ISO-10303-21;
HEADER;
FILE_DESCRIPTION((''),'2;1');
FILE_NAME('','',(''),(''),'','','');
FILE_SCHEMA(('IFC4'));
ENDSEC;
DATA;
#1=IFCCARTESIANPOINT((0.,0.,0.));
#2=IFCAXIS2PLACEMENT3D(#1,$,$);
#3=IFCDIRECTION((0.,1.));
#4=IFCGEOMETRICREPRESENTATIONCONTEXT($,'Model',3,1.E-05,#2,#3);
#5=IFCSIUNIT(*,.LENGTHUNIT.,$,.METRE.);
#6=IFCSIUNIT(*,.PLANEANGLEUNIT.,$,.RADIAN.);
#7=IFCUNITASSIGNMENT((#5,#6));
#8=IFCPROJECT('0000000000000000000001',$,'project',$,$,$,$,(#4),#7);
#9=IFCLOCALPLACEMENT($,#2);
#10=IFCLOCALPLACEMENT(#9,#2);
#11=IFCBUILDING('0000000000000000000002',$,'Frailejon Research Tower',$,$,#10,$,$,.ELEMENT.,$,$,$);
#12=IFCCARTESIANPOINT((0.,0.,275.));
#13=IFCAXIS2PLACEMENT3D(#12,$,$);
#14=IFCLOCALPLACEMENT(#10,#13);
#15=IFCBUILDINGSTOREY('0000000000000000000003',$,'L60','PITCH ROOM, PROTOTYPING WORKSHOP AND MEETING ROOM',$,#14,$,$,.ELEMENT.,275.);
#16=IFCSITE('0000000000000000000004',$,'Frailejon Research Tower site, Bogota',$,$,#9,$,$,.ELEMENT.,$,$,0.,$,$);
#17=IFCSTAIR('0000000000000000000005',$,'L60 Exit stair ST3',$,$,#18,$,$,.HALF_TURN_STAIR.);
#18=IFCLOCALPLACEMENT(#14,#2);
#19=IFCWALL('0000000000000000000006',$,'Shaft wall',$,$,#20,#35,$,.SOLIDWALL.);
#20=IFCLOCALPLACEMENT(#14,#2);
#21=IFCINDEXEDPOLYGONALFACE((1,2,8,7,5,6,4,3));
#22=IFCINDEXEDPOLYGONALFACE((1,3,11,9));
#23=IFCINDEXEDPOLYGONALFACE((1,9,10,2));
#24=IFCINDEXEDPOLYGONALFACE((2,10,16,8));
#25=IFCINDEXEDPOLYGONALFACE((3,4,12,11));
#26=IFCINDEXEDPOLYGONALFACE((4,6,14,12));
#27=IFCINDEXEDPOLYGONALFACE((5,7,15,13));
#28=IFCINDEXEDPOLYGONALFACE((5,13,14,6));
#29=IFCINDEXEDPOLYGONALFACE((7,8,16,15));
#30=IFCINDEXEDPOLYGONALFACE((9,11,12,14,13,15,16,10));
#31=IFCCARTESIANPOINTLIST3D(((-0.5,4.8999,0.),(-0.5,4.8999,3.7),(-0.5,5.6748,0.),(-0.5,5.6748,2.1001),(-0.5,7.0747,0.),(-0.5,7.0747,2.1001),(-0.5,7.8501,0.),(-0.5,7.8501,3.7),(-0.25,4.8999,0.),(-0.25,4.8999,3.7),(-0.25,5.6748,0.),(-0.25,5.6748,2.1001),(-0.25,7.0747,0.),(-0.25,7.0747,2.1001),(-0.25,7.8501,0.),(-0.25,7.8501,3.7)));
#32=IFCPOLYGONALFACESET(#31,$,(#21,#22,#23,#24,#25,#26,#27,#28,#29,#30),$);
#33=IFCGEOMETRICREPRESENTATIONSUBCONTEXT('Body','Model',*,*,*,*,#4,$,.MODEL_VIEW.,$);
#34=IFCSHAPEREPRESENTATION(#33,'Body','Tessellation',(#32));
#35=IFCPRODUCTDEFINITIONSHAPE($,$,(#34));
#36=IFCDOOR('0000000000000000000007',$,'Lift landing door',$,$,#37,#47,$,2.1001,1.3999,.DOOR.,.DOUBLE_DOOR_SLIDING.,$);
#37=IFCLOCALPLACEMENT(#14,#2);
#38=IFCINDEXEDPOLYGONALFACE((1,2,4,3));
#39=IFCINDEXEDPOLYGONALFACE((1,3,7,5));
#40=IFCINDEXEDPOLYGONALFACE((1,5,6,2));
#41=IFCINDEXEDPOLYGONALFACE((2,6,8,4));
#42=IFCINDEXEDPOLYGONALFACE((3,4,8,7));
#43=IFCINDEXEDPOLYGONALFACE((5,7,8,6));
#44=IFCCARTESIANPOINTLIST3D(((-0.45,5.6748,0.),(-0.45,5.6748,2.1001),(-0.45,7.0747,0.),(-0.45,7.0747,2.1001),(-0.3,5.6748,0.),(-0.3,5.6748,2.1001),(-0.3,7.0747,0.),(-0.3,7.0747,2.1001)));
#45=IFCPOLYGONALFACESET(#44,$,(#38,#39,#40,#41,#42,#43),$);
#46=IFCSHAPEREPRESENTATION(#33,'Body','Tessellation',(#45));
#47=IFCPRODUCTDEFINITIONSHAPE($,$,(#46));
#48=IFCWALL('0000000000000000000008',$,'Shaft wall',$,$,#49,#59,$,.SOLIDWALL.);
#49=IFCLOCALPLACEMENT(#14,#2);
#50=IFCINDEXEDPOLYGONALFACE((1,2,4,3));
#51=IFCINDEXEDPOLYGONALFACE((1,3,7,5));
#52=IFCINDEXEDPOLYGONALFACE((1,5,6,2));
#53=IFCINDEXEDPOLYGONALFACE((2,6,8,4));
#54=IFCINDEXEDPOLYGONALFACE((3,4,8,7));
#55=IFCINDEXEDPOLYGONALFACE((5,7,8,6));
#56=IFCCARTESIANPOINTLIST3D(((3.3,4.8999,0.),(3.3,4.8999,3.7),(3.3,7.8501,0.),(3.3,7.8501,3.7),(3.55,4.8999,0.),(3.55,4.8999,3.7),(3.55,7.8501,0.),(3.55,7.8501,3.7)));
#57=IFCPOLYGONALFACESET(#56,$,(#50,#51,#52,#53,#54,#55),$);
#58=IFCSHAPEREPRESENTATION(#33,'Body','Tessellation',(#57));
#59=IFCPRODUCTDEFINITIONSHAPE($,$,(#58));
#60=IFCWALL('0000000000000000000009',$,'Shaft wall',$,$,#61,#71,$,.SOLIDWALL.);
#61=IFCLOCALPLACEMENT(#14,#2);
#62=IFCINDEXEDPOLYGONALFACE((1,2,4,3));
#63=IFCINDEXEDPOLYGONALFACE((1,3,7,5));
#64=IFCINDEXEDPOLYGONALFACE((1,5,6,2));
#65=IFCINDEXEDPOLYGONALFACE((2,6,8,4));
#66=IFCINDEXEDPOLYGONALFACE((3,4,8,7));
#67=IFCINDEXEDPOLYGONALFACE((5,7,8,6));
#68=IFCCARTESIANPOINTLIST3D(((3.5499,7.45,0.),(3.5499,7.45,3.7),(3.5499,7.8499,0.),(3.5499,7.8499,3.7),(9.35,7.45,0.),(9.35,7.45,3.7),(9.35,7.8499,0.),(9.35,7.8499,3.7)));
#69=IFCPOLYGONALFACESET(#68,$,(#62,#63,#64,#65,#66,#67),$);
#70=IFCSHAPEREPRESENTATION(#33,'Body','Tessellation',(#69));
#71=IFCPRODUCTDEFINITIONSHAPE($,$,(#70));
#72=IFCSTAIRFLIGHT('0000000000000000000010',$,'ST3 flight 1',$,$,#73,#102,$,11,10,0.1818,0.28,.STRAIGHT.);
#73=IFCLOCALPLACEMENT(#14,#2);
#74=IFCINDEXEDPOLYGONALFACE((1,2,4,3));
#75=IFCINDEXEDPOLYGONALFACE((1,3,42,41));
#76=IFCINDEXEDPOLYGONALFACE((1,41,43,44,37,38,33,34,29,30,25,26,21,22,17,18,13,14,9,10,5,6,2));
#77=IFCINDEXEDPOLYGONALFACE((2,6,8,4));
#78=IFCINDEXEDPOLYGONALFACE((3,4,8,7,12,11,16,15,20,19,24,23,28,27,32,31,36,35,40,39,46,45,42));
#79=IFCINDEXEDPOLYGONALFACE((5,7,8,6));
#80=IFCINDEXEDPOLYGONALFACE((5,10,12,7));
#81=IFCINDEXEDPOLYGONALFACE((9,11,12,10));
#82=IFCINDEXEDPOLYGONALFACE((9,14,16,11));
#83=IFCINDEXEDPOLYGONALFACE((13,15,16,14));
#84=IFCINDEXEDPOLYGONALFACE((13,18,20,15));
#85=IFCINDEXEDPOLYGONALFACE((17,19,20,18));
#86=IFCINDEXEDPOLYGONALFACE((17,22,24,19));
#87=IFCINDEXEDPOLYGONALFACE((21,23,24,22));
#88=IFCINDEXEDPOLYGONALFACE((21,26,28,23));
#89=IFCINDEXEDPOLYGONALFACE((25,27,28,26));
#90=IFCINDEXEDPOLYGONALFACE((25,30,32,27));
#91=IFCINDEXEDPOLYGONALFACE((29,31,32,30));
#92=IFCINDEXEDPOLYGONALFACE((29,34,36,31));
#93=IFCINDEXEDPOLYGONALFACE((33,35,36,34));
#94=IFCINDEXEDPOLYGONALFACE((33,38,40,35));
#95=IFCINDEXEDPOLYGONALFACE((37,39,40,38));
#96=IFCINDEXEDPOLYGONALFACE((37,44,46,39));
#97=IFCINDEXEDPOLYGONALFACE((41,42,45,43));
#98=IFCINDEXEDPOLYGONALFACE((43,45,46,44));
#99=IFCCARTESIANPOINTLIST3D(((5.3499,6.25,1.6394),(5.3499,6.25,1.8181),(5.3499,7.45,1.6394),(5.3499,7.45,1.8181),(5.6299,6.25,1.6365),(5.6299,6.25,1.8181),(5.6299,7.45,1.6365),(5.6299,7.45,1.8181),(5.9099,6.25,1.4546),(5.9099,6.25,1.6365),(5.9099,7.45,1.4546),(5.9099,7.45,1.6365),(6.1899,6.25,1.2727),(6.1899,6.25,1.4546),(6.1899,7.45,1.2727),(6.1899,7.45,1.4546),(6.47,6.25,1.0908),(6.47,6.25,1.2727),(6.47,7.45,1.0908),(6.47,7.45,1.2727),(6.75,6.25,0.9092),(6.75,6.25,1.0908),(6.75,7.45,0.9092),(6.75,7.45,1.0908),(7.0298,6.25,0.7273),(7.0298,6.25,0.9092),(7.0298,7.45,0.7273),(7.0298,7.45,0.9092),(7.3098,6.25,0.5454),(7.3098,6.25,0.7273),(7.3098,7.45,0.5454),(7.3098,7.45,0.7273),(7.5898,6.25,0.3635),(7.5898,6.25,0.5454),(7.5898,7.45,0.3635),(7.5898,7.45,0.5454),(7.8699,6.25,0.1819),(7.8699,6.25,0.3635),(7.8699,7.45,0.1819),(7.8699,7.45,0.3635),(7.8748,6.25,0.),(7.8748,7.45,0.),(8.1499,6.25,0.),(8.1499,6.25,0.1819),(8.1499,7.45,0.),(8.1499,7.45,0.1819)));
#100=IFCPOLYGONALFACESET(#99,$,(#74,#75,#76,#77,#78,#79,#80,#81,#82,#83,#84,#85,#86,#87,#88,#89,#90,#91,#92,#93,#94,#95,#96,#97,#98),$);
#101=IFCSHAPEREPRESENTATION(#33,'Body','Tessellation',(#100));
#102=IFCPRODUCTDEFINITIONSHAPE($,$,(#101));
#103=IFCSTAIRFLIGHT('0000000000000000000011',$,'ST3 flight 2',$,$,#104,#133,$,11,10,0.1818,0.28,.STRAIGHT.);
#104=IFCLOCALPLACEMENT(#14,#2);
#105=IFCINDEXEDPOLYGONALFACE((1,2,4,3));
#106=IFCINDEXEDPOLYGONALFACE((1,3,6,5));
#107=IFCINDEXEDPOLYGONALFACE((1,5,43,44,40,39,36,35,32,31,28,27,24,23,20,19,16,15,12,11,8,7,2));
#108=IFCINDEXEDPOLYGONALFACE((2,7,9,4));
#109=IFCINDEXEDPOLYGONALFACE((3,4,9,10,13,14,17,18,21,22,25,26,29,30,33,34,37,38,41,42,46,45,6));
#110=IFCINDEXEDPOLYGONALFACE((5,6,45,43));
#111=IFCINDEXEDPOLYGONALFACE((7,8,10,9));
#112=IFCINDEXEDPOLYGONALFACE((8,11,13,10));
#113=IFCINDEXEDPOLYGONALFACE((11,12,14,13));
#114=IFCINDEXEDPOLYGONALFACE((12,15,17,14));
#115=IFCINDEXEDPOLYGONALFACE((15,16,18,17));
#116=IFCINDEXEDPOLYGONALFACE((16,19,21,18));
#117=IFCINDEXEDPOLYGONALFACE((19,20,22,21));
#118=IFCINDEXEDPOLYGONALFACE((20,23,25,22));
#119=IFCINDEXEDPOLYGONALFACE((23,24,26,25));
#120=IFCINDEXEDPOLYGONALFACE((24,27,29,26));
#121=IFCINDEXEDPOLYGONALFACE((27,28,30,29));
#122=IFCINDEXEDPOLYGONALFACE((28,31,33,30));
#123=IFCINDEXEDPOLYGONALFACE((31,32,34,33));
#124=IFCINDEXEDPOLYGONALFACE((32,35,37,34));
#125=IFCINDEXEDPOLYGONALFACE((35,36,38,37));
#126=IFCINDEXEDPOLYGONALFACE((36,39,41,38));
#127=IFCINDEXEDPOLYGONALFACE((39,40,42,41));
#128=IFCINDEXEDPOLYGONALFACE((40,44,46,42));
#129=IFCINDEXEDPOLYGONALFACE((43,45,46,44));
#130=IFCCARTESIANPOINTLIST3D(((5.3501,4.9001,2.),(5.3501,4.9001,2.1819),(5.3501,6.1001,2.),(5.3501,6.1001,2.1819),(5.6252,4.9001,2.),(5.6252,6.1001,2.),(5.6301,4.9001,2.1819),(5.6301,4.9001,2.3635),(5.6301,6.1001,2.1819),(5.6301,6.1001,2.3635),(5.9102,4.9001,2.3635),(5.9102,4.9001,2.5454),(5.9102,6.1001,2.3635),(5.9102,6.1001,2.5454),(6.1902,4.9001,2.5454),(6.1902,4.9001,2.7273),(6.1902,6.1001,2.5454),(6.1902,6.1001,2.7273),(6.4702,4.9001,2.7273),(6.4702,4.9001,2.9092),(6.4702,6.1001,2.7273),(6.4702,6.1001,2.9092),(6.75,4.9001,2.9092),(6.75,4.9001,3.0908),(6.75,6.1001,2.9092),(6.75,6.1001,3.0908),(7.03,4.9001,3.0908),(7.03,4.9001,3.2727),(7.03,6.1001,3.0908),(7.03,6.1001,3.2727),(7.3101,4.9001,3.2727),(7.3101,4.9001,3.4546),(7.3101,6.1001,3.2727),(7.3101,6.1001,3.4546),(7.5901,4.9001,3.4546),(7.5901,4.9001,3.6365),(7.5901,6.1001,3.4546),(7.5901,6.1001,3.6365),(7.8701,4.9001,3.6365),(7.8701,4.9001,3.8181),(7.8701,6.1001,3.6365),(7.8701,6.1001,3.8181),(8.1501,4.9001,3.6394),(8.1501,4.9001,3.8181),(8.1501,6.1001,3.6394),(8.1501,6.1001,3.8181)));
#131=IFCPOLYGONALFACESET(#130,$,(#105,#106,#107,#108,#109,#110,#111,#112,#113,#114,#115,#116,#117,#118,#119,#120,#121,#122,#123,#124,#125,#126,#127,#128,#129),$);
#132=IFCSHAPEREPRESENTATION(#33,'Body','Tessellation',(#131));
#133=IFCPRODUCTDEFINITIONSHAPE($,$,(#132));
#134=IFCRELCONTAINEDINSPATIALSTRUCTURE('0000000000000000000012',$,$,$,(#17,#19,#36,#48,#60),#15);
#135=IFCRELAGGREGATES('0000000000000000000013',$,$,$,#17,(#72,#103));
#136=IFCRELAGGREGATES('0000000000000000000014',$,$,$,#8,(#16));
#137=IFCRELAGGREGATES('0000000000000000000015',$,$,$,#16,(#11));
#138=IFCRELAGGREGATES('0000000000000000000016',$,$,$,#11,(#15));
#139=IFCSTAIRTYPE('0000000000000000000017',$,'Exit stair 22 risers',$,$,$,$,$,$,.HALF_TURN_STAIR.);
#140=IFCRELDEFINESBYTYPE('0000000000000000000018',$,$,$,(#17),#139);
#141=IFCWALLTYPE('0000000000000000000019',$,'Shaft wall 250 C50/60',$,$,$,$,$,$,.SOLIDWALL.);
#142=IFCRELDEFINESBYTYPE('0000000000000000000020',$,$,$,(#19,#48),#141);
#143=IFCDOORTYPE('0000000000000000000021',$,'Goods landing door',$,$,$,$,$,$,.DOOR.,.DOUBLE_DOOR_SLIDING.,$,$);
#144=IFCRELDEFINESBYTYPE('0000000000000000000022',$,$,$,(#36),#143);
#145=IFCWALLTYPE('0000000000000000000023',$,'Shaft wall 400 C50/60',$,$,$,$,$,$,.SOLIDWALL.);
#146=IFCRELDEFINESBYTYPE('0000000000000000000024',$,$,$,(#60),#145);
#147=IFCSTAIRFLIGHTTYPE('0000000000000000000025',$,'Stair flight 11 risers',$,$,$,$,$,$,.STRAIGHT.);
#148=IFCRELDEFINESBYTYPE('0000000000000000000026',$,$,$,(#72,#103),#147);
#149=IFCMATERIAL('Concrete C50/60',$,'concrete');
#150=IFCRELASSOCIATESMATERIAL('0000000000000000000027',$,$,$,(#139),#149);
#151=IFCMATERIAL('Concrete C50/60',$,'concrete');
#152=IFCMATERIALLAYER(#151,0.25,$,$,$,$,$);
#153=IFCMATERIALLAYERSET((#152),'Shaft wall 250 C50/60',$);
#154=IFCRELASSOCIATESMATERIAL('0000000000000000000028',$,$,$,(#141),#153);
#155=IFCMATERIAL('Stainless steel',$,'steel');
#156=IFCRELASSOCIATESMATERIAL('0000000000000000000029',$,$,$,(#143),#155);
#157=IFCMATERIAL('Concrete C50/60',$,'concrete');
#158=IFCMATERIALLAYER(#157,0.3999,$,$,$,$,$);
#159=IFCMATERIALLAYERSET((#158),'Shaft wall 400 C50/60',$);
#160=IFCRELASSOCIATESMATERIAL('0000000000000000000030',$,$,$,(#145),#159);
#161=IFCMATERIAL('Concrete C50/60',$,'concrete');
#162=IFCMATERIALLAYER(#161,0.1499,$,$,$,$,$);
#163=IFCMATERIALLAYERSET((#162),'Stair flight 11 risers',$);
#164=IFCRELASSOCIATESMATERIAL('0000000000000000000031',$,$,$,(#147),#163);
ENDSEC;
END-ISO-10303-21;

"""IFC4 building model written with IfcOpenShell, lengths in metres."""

from ifc_helpers import new_model, si_unit, direction, frame, frame_2d, origin, place, context, subcontext, project, spatial, polyline, rectangle, outline, extrude, material, layer, layer_set, type_object, element, fill, aggregate, save


model = new_model("IFC4")

# Units and contexts
model_context = context("Model", 3, precision=1e-05, world=origin(), true_north=direction((0.0, 1.0)))
body_context = subcontext(model_context, "Body", "Model", "MODEL_VIEW")
ifc_project = project(units=[si_unit("LENGTHUNIT", "METRE"), si_unit("PLANEANGLEUNIT", "RADIAN")], contexts=[model_context])

# Site, building, storey
site_placement = place(None, origin())
site = spatial("IfcSite", under=ifc_project, at=site_placement, Name="Frailejon Research Tower site, Bogota", CompositionType="ELEMENT", RefElevation=0.0)
building_placement = place(site_placement, origin())
building = spatial("IfcBuilding", under=site, at=building_placement, Name="Frailejon Research Tower", CompositionType="ELEMENT")
storey_placement = place(building_placement, frame((0.0, 0.0, 275.0)))
storey = spatial("IfcBuildingStorey", under=building, at=storey_placement, Name="L60", Description="PITCH ROOM, PROTOTYPING WORKSHOP AND MEETING ROOM", CompositionType="ELEMENT", Elevation=275.0)

# Stair
ifc_material_1 = material(Name="Concrete C50/60", Category="concrete")
stair_type = type_object("IfcStairType", Name="Exit stair 22 risers", PredefinedType="HALF_TURN_STAIR", material=ifc_material_1)
stair_placement = place(storey_placement, origin())
stair = element("IfcStair", 1, at=stair_placement, inside=storey, type_object=stair_type, Name="L60 Exit stair ST3", PredefinedType="HALF_TURN_STAIR")

# Wall, opening, door
ifc_material_2 = material(Name="Concrete C50/60", Category="concrete")
ifc_layer_1 = layer(ifc_material_2, 0.25)
ifc_layer_set_1 = layer_set([ifc_layer_1], Name="Shaft wall 250 C50/60")
wall_type_1 = type_object("IfcWallType", Name="Shaft wall 250 C50/60", PredefinedType="SOLIDWALL", material=ifc_layer_set_1)
wall_1_placement = place(storey_placement, frame((-0.375, 4.8999, 0.0), z_axis=(0.0, 0.0, 1.0), x_axis=(0.0, 1.0, 0.0)))
wall_1 = element("IfcWall", 2, at=wall_1_placement, inside=storey, type_object=wall_type_1, Name="Shaft wall", PredefinedType="SOLIDWALL", context=body_context, shape_type="SweptSolid", body=[
    extrude(rectangle(XDim=2.9502, YDim=0.25, at=frame_2d((1.4751, 0.0))), origin(), (0.0, 0.0, 1.0), 3.7),
])
opening_1_placement = place(wall_1_placement, frame((0.7749, 0.0, 0.0)))
opening_1 = element("IfcOpeningElement", 3, at=opening_1_placement, cuts=wall_1, PredefinedType="OPENING", context=body_context, shape_type="SweptSolid", body=[
    extrude(rectangle(XDim=1.3999, YDim=2.1001, at=frame_2d((0.7, 1.05))), frame((0.0, 0.135, 0.0), z_axis=(0.0, -1.0, 0.0), x_axis=(1.0, 0.0, 0.0)), (0.0, 0.0, 1.0), 0.27),
])
ifc_material_3 = material(Name="Stainless steel", Category="steel")
door_type_1 = type_object("IfcDoorType", Name="Goods landing door", OperationType="DOUBLE_DOOR_SLIDING", PredefinedType="DOOR", material=ifc_material_3)
door_1_placement = place(opening_1_placement, origin())
door_1 = element("IfcDoor", 4, at=door_1_placement, inside=storey, type_object=door_type_1, Name="Lift landing door", OperationType="DOUBLE_DOOR_SLIDING", OverallHeight=2.1001, OverallWidth=1.3999, PredefinedType="DOOR", context=body_context, shape_type="SweptSolid", body=[
    extrude(rectangle(XDim=1.3999, YDim=2.1001, at=frame_2d((0.7, 1.05))), frame((0.0, 0.075, 0.0), z_axis=(0.0, -1.0, 0.0), x_axis=(1.0, 0.0, 0.0)), (0.0, 0.0, 1.0), 0.1499),
])
fill(opening_1, door_1)

# Walls
wall_2_placement = place(storey_placement, frame((3.425, 4.8999, 0.0), z_axis=(0.0, 0.0, 1.0), x_axis=(0.0, 1.0, 0.0)))
element("IfcWall", 5, at=wall_2_placement, inside=storey, type_object=wall_type_1, Name="Shaft wall", PredefinedType="SOLIDWALL", context=body_context, shape_type="SweptSolid", body=[
    extrude(rectangle(XDim=2.9502, YDim=0.25, at=frame_2d((1.4751, 0.0))), origin(), (0.0, 0.0, 1.0), 3.7),
])
ifc_material_4 = material(Name="Concrete C50/60", Category="concrete")
ifc_layer_2 = layer(ifc_material_4, 0.3999)
ifc_layer_set_2 = layer_set([ifc_layer_2], Name="Shaft wall 400 C50/60")
wall_type_2 = type_object("IfcWallType", Name="Shaft wall 400 C50/60", PredefinedType="SOLIDWALL", material=ifc_layer_set_2)
wall_3_placement = place(storey_placement, frame((3.55, 7.6499, 0.0), z_axis=(0.0, 0.0, 1.0), x_axis=(1.0, 0.0, 0.0)))
element("IfcWall", 6, at=wall_3_placement, inside=storey, type_object=wall_type_2, Name="Shaft wall", PredefinedType="SOLIDWALL", context=body_context, shape_type="SweptSolid", body=[
    extrude(rectangle(XDim=5.8, YDim=0.3999, at=frame_2d((2.8999, 0.0))), origin(), (0.0, 0.0, 1.0), 3.7),
])

# Stair flights
ifc_material_5 = material(Name="Concrete C50/60", Category="concrete")
ifc_layer_3 = layer(ifc_material_5, 0.1499)
ifc_layer_set_3 = layer_set([ifc_layer_3], Name="Stair flight 11 risers")
stair_flight_type = type_object("IfcStairFlightType", Name="Stair flight 11 risers", PredefinedType="STRAIGHT", material=ifc_layer_set_3)
stair_flight_1_placement = place(storey_placement, frame((8.1499, 6.8501, 0.0), z_axis=(0.0, 0.0, 1.0), x_axis=(-1.0, 0.0, 0.0)))
stair_flight_1 = element("IfcStairFlight", 7, at=stair_flight_1_placement, type_object=stair_flight_type, Name="ST3 flight 1", NumberOfRisers=11, NumberOfTreads=10, PredefinedType="STRAIGHT", RiserHeight=0.1818, TreadLength=0.28, context=body_context, shape_type="SweptSolid", body=[
    extrude(outline(polyline([(0.0, 0.0), (0.0, 0.1819), (0.28, 0.1819), (0.28, 0.3635), (0.5601, 0.3635), (0.5601, 0.5454), (0.8401, 0.5454), (0.8401, 0.7273), (1.1201, 0.7273), (1.1201, 0.9092), (1.3999, 0.9092), (1.3999, 1.0908), (1.6799, 1.0908), (1.6799, 1.2727), (1.96, 1.2727), (1.96, 1.4546), (2.24, 1.4546), (2.24, 1.6365), (2.52, 1.6365), (2.52, 1.8181), (2.8, 1.8181), (2.8, 2.0), (2.8, 1.6394), (0.2751, 0.0), (0.0, 0.0)])), frame((0.0, 0.6001, 0.0), z_axis=(0.0, -1.0, 0.0), x_axis=(1.0, 0.0, 0.0)), (0.0, 0.0, 1.0), 1.2),
])
stair_flight_2_placement = place(storey_placement, frame((5.3501, 5.5, 2.0), z_axis=(0.0, 0.0, 1.0), x_axis=(1.0, 0.0, 0.0)))
stair_flight_2 = element("IfcStairFlight", 8, at=stair_flight_2_placement, type_object=stair_flight_type, Name="ST3 flight 2", NumberOfRisers=11, NumberOfTreads=10, PredefinedType="STRAIGHT", RiserHeight=0.1818, TreadLength=0.28, context=body_context, shape_type="SweptSolid", body=[
    extrude(outline(polyline([(0.0, 0.0), (0.0, 0.1819), (0.28, 0.1819), (0.28, 0.3635), (0.5601, 0.3635), (0.5601, 0.5454), (0.8401, 0.5454), (0.8401, 0.7273), (1.1201, 0.7273), (1.1201, 0.9092), (1.3999, 0.9092), (1.3999, 1.0908), (1.6799, 1.0908), (1.6799, 1.2727), (1.96, 1.2727), (1.96, 1.4546), (2.24, 1.4546), (2.24, 1.6365), (2.52, 1.6365), (2.52, 1.8181), (2.8, 1.8181), (2.8, 2.0), (2.8, 1.6394), (0.2751, 0.0), (0.0, 0.0)])), frame((0.0, 0.6001, 0.0), z_axis=(0.0, -1.0, 0.0), x_axis=(1.0, 0.0, 0.0)), (0.0, 0.0, 1.0), 1.2),
])
aggregate(stair, [stair_flight_1, stair_flight_2])

save(model, "model.ifc")
